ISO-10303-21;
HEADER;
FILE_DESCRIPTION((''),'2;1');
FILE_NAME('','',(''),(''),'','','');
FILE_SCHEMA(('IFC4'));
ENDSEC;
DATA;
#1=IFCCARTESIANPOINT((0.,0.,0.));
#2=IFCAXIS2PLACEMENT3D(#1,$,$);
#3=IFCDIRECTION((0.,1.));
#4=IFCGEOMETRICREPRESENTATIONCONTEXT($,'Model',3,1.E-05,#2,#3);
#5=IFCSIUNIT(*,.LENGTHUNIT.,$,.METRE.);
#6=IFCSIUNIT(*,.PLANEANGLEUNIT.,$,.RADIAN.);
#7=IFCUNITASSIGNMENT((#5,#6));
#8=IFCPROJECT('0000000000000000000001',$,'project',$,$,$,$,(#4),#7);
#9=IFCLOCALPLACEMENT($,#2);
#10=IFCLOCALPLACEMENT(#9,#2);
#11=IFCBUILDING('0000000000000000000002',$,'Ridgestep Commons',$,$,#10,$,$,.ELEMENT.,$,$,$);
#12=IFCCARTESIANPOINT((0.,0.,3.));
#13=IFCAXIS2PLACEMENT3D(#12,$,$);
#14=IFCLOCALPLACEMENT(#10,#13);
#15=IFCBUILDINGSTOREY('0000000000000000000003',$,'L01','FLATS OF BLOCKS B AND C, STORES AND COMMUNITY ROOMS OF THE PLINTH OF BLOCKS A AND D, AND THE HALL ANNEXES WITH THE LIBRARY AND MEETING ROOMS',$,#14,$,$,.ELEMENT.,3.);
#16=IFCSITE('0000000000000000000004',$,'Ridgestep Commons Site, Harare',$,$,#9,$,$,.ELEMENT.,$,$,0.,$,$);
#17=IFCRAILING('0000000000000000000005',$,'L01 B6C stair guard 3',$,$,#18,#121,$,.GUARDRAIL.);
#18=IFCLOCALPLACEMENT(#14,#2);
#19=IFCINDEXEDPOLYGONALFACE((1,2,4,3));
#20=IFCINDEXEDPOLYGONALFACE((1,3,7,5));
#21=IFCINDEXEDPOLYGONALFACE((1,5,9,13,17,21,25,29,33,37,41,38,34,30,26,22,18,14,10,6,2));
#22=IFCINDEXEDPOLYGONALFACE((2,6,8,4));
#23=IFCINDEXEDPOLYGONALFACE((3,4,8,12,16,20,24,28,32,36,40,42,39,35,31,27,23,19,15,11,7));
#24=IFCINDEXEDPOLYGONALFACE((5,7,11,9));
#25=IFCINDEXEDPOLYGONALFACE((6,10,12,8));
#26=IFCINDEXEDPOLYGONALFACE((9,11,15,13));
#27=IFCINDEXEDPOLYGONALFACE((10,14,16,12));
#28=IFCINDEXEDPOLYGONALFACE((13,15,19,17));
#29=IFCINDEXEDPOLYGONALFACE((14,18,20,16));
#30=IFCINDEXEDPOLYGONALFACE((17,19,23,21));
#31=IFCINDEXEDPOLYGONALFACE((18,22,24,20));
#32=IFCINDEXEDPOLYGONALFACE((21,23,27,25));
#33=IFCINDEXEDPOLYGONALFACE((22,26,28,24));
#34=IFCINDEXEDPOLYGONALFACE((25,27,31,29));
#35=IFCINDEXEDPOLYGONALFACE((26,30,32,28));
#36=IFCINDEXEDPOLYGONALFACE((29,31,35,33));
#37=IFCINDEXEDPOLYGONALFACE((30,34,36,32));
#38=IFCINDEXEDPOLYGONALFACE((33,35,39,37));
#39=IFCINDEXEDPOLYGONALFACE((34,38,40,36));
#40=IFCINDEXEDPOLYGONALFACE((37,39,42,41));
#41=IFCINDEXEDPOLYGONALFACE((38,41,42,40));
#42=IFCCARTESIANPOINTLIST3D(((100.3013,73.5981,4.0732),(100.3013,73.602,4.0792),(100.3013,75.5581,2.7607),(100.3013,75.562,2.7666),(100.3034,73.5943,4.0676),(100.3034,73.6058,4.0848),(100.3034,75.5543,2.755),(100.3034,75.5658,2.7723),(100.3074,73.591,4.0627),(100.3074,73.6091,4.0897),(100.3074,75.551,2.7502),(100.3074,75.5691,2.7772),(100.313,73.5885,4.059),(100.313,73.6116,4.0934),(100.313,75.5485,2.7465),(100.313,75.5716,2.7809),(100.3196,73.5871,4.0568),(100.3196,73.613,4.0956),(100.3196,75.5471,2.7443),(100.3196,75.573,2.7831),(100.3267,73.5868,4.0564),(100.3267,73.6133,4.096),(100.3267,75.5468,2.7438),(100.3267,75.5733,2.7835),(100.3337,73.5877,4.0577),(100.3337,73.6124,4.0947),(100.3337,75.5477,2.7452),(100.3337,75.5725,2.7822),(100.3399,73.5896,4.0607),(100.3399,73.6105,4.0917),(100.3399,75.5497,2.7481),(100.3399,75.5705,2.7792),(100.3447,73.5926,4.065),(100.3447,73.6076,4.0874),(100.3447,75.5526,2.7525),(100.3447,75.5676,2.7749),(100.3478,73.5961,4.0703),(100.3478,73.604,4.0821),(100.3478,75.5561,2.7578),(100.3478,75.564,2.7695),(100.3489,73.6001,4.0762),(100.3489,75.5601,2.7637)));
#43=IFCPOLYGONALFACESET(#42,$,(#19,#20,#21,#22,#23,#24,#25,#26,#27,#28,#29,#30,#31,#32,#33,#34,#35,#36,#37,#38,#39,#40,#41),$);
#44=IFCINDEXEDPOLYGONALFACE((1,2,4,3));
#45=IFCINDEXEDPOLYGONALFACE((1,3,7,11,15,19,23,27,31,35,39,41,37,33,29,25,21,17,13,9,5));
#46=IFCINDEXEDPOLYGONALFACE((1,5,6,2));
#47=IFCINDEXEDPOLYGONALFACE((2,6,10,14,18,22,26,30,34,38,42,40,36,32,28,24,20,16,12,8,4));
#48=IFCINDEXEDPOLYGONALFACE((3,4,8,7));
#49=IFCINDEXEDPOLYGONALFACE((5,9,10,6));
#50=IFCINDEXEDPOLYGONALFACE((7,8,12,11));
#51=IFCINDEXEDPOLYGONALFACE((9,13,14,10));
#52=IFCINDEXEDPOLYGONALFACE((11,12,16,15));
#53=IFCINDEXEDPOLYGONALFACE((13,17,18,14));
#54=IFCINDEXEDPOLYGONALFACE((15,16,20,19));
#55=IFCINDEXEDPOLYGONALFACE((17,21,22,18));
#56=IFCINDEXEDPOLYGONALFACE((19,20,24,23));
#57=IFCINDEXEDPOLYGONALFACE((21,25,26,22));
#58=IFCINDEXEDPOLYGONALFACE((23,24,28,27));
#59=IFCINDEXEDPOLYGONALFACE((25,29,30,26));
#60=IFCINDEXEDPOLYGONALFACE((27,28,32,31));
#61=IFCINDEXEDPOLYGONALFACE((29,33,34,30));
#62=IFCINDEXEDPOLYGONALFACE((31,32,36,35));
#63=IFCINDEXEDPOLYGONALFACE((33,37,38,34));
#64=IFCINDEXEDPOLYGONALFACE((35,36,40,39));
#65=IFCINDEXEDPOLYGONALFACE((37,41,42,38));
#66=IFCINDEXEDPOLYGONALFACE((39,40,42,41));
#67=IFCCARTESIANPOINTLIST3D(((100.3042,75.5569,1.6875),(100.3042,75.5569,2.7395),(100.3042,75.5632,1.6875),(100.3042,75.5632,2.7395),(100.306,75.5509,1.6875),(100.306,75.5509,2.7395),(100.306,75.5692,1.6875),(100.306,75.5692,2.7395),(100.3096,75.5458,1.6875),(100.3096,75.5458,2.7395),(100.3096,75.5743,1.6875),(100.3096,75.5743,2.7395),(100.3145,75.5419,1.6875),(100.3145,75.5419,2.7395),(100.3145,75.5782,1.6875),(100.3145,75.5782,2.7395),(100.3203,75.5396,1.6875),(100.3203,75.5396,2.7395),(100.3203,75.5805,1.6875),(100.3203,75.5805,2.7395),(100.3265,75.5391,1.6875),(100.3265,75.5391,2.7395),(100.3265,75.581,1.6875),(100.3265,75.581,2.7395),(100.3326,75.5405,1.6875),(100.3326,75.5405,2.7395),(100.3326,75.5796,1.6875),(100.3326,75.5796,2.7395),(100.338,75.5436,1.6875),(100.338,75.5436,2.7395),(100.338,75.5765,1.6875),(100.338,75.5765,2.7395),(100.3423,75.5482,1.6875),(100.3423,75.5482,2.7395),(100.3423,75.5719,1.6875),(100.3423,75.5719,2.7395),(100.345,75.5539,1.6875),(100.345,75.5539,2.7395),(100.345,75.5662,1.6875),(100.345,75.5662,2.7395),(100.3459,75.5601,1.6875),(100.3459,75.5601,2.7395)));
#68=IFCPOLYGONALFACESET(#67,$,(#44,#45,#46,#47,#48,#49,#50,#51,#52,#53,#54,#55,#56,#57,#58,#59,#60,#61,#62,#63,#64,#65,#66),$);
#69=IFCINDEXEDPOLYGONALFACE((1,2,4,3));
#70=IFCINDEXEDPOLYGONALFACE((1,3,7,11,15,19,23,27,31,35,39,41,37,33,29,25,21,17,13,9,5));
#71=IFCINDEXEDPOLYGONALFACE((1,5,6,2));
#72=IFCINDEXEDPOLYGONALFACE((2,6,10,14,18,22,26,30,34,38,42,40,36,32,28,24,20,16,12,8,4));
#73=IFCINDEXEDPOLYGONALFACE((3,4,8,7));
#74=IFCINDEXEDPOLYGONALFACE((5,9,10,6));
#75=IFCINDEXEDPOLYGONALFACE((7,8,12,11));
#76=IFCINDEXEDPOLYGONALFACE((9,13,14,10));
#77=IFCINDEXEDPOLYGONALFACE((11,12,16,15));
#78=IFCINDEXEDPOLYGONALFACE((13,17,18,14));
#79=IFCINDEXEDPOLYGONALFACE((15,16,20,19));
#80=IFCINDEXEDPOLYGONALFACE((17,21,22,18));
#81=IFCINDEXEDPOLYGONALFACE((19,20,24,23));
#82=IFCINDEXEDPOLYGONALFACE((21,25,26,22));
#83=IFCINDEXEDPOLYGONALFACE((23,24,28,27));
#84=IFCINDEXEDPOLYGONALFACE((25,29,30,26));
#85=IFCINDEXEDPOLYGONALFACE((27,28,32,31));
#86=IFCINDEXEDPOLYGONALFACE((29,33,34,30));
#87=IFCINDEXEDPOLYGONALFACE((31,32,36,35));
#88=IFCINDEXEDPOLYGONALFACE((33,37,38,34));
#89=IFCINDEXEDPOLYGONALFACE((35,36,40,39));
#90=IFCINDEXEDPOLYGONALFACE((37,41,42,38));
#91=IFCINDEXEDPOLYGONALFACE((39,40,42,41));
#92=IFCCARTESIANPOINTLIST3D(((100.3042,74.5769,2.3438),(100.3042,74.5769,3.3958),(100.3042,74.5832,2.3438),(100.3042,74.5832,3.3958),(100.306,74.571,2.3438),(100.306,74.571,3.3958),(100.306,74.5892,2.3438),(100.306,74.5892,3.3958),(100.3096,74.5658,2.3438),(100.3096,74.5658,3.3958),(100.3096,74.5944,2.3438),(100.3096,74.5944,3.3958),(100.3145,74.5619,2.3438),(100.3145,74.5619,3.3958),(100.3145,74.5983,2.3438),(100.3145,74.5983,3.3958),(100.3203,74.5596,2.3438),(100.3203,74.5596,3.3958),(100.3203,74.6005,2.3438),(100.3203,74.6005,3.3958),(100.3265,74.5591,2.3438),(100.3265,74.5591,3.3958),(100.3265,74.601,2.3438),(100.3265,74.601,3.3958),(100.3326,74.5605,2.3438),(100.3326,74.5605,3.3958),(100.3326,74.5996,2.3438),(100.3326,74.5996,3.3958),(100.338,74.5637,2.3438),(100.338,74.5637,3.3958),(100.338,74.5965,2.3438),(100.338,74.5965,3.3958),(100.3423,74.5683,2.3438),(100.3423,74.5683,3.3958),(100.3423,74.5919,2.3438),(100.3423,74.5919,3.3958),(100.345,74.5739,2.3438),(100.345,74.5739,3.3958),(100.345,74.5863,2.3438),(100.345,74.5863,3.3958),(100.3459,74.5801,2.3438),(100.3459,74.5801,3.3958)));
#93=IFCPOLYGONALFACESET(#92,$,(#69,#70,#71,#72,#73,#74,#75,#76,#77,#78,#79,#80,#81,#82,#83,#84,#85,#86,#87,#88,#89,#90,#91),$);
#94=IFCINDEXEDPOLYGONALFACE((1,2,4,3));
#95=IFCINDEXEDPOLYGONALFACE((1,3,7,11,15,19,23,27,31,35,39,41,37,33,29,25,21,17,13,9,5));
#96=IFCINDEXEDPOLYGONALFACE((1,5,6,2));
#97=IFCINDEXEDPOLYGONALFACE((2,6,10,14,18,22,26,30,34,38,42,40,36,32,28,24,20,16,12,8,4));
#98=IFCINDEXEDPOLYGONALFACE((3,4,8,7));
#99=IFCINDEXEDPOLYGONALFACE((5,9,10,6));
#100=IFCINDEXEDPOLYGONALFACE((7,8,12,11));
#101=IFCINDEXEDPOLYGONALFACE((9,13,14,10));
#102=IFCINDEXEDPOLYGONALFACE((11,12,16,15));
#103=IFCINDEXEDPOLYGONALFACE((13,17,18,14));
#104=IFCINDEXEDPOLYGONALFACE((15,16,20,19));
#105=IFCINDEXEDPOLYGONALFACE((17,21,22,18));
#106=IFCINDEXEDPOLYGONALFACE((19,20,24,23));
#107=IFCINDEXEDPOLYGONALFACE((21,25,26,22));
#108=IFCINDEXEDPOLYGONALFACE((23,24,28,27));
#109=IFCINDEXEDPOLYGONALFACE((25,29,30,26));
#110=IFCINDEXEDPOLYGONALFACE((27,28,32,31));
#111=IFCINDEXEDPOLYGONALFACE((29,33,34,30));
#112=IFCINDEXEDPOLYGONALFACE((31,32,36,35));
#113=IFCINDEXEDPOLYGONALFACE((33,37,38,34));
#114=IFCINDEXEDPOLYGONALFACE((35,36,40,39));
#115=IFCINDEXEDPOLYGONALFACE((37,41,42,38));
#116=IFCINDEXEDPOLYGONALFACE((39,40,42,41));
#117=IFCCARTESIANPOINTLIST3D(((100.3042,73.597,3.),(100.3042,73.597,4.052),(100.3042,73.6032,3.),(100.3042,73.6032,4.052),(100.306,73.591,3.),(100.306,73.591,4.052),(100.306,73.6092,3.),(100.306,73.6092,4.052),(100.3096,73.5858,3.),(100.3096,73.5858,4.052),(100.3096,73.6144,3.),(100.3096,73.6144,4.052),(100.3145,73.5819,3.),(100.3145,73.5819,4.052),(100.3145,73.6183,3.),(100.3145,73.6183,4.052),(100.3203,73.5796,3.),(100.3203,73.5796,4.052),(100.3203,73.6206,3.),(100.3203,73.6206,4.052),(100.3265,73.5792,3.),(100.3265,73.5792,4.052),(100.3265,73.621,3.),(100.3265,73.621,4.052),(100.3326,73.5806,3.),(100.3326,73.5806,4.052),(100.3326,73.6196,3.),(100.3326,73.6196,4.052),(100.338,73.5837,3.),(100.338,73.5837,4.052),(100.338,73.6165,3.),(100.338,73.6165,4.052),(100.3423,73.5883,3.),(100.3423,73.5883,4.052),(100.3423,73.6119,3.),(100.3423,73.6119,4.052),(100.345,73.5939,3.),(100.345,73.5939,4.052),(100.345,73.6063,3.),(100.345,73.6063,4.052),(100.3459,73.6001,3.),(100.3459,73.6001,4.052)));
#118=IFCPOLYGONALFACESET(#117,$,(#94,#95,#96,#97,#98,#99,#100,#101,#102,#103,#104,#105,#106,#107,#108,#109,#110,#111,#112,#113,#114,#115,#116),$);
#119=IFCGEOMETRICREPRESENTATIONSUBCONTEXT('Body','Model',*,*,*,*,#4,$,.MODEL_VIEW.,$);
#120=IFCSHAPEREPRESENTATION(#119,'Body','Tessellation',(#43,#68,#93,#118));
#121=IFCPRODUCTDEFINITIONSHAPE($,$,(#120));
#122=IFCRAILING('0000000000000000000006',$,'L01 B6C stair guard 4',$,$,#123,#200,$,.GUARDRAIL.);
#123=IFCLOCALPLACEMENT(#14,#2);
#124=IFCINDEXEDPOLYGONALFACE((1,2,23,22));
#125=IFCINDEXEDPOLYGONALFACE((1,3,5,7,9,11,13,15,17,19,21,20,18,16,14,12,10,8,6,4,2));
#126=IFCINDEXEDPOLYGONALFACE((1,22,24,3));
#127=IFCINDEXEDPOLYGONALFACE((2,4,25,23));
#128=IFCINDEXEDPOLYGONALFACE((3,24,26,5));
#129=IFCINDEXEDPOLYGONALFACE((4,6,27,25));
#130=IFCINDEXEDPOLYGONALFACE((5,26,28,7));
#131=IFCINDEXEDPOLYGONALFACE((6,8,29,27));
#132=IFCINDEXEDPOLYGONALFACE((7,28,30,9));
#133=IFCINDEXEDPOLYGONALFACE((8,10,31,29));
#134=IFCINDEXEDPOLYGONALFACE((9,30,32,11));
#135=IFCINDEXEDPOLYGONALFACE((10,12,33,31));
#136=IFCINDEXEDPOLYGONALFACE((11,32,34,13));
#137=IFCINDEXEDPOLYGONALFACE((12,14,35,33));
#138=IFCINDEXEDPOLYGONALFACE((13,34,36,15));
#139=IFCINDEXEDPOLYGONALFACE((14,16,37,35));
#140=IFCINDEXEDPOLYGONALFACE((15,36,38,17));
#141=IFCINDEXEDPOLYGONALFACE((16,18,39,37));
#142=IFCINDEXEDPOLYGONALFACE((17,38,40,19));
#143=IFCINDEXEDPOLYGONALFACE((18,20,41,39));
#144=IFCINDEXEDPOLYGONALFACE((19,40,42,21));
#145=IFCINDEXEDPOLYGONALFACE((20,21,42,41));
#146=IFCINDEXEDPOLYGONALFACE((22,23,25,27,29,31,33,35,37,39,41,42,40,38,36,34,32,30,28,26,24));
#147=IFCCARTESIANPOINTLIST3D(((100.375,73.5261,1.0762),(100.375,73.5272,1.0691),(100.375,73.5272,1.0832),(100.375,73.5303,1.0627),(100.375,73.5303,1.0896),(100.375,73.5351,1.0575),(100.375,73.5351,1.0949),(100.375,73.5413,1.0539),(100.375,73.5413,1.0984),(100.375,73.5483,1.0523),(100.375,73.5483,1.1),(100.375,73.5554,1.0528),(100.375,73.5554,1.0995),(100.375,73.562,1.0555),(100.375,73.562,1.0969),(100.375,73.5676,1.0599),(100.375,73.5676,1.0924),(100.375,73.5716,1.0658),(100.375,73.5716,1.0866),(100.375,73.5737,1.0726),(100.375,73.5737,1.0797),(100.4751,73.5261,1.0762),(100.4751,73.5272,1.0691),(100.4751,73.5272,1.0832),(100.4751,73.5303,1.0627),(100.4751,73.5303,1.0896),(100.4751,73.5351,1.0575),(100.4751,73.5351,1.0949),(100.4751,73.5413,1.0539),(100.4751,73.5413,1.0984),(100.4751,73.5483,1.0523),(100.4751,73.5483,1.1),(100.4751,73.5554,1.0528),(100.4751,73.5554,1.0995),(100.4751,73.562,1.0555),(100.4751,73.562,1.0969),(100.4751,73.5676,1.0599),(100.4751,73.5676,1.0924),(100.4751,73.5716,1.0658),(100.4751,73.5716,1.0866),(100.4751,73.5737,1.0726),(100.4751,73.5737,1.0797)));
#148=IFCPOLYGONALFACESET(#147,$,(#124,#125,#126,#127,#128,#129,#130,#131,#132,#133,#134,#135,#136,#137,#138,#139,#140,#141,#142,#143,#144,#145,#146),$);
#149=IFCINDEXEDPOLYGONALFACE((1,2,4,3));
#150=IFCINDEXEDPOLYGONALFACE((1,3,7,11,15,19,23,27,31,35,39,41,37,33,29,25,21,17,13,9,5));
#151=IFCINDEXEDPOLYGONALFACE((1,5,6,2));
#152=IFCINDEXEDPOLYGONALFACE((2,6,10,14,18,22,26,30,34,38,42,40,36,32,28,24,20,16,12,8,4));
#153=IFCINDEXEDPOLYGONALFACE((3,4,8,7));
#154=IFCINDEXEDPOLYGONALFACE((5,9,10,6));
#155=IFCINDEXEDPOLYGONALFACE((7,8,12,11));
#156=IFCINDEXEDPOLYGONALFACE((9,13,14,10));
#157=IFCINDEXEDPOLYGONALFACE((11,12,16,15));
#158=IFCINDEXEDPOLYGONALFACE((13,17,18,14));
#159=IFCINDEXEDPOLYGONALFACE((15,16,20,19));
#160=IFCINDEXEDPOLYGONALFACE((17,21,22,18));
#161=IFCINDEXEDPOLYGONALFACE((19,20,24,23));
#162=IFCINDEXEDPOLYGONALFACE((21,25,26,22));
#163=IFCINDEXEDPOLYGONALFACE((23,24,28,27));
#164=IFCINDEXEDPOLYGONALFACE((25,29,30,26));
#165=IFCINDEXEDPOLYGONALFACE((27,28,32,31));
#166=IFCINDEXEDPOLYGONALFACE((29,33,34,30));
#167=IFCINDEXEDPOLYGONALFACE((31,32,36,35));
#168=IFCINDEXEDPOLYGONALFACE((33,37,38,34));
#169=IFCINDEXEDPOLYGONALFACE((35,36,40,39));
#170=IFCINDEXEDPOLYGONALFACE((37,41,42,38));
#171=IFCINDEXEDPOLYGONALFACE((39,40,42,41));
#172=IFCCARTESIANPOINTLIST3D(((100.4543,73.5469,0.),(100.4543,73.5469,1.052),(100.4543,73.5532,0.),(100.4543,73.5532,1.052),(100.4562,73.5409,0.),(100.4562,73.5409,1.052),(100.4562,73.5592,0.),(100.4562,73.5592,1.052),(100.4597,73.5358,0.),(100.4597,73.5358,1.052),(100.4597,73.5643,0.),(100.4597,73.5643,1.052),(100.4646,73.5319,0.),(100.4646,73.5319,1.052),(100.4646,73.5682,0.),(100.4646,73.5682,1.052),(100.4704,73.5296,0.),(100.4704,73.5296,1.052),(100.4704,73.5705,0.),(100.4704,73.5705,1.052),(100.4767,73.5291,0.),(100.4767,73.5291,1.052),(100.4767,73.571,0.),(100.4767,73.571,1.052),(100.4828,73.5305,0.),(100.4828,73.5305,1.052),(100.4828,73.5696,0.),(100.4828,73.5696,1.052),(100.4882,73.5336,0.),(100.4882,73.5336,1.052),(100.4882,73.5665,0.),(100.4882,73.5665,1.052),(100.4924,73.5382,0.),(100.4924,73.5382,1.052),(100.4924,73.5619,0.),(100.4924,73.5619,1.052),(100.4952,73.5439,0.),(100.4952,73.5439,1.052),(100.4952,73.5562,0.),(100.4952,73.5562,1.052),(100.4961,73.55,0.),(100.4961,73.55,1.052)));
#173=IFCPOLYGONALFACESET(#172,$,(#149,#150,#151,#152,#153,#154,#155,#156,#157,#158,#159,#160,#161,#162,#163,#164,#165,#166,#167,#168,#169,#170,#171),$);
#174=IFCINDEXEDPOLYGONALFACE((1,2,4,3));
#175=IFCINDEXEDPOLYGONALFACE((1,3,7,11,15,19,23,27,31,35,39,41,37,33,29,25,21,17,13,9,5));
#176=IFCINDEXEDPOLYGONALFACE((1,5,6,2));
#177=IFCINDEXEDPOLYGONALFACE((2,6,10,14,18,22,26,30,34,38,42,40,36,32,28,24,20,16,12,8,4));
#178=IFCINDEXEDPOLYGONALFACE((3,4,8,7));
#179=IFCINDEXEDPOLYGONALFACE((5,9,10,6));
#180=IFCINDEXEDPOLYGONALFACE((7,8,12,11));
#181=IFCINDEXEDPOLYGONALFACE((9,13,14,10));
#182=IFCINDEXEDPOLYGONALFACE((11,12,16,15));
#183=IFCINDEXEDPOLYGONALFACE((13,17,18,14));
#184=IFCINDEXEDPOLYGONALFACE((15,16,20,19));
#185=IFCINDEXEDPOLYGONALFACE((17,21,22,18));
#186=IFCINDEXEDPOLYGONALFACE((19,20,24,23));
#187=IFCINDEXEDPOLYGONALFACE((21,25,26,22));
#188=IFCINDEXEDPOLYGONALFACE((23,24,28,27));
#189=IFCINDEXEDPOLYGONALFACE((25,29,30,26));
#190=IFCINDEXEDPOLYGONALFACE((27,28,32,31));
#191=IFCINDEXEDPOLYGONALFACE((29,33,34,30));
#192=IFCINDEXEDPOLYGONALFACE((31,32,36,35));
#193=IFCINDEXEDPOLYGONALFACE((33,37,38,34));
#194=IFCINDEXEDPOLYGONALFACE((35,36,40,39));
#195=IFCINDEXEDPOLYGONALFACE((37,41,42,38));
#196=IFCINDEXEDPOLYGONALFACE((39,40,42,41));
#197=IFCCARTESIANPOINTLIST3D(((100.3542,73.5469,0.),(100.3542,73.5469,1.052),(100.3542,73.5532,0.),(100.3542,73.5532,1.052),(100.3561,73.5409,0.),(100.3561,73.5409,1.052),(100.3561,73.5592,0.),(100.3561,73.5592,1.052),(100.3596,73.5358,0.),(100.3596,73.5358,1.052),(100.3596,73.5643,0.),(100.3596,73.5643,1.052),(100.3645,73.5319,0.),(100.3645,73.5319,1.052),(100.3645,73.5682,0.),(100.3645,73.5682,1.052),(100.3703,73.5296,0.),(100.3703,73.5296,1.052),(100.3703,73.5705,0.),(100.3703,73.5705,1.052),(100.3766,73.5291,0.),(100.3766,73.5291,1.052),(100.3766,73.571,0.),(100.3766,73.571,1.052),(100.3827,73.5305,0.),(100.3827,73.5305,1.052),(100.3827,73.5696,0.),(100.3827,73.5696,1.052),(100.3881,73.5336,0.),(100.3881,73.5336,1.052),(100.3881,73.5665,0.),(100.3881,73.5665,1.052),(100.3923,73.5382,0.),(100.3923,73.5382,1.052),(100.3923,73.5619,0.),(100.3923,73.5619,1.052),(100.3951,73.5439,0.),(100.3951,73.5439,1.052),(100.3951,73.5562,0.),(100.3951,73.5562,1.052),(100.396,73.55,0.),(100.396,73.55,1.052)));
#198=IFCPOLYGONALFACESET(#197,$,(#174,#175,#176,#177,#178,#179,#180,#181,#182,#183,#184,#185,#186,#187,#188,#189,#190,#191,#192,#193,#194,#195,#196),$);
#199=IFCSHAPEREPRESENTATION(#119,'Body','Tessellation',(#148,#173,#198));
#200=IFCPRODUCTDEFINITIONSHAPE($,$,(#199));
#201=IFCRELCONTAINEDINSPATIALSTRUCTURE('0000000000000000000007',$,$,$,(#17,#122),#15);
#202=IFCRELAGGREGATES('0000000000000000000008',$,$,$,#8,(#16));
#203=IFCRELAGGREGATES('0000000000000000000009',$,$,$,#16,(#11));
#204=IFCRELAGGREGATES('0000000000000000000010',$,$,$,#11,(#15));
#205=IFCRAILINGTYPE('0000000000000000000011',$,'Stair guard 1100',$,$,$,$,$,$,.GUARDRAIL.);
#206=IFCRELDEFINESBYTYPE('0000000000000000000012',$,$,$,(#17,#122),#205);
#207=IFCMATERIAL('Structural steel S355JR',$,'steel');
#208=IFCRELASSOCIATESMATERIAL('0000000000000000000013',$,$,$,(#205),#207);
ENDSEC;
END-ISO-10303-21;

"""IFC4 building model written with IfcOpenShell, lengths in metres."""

from ifc_helpers import new_model, si_unit, direction, frame, origin, origin_2d, place, context, subcontext, project, spatial, circle, extrude, material, type_object, element, save


model = new_model("IFC4")

# Units and contexts
model_context = context("Model", 3, precision=1e-05, world=origin(), true_north=direction((0.0, 1.0)))
body_context = subcontext(model_context, "Body", "Model", "MODEL_VIEW")
ifc_project = project(units=[si_unit("LENGTHUNIT", "METRE"), si_unit("PLANEANGLEUNIT", "RADIAN")], contexts=[model_context])

# Site, building, storey
site_placement = place(None, origin())
site = spatial("IfcSite", under=ifc_project, at=site_placement, Name="Ridgestep Commons Site, Harare", CompositionType="ELEMENT", RefElevation=0.0)
building_placement = place(site_placement, origin())
building = spatial("IfcBuilding", under=site, at=building_placement, Name="Ridgestep Commons", CompositionType="ELEMENT")
storey_placement = place(building_placement, frame((0.0, 0.0, 3.0)))
storey = spatial("IfcBuildingStorey", under=building, at=storey_placement, Name="L01", Description="FLATS OF BLOCKS B AND C, STORES AND COMMUNITY ROOMS OF THE PLINTH OF BLOCKS A AND D, AND THE HALL ANNEXES WITH THE LIBRARY AND MEETING ROOMS", CompositionType="ELEMENT", Elevation=3.0)

# Railings
ifc_material_1 = material(Name="Structural steel S355JR", Category="steel")
railing_type_1 = type_object("IfcRailingType", Name="Stair guard 1100", PredefinedType="GUARDRAIL", material=ifc_material_1)
railing_1_placement = place(storey_placement, frame((100.325, 75.5601, 1.6875)))
element("IfcRailing", 1, at=railing_1_placement, inside=storey, type_object=railing_type_1, Name="L01 B6C stair guard 3", PredefinedType="GUARDRAIL", context=body_context, shape_type="SweptSolid", body=[
    extrude(circle(Radius=0.0239, at=origin_2d()), frame((0.0, 0.0, 1.0762), z_axis=(0.0, -0.830902, 0.556419), x_axis=(1.0, 0.0, 0.0)), (0.0, 0.0, 1.0), 2.3589),
    extrude(circle(Radius=0.021, at=origin_2d()), origin(), (0.0, 0.0, 1.0), 1.052),
    extrude(circle(Radius=0.021, at=origin_2d()), frame((0.0, -0.98, 0.6562)), (0.0, 0.0, 1.0), 1.052),
    extrude(circle(Radius=0.021, at=origin_2d()), frame((0.0, -1.96, 1.3125)), (0.0, 0.0, 1.0), 1.052),
])
railing_2_placement = place(storey_placement, frame((100.4751, 73.55, 0.0)))
element("IfcRailing", 2, at=railing_2_placement, inside=storey, type_object=railing_type_1, Name="L01 B6C stair guard 4", PredefinedType="GUARDRAIL", context=body_context, shape_type="SweptSolid", body=[
    extrude(circle(Radius=0.0239, at=origin_2d()), frame((0.0, 0.0, 1.0762), z_axis=(-1.0, 0.0, 0.0), x_axis=(0.0, -1.0, 0.0)), (0.0, 0.0, 1.0), 0.1001),
    extrude(circle(Radius=0.021, at=origin_2d()), origin(), (0.0, 0.0, 1.0), 1.052),
    extrude(circle(Radius=0.021, at=origin_2d()), frame((-0.1001, 0.0, 0.0)), (0.0, 0.0, 1.0), 1.052),
])

save(model, "model.ifc")
